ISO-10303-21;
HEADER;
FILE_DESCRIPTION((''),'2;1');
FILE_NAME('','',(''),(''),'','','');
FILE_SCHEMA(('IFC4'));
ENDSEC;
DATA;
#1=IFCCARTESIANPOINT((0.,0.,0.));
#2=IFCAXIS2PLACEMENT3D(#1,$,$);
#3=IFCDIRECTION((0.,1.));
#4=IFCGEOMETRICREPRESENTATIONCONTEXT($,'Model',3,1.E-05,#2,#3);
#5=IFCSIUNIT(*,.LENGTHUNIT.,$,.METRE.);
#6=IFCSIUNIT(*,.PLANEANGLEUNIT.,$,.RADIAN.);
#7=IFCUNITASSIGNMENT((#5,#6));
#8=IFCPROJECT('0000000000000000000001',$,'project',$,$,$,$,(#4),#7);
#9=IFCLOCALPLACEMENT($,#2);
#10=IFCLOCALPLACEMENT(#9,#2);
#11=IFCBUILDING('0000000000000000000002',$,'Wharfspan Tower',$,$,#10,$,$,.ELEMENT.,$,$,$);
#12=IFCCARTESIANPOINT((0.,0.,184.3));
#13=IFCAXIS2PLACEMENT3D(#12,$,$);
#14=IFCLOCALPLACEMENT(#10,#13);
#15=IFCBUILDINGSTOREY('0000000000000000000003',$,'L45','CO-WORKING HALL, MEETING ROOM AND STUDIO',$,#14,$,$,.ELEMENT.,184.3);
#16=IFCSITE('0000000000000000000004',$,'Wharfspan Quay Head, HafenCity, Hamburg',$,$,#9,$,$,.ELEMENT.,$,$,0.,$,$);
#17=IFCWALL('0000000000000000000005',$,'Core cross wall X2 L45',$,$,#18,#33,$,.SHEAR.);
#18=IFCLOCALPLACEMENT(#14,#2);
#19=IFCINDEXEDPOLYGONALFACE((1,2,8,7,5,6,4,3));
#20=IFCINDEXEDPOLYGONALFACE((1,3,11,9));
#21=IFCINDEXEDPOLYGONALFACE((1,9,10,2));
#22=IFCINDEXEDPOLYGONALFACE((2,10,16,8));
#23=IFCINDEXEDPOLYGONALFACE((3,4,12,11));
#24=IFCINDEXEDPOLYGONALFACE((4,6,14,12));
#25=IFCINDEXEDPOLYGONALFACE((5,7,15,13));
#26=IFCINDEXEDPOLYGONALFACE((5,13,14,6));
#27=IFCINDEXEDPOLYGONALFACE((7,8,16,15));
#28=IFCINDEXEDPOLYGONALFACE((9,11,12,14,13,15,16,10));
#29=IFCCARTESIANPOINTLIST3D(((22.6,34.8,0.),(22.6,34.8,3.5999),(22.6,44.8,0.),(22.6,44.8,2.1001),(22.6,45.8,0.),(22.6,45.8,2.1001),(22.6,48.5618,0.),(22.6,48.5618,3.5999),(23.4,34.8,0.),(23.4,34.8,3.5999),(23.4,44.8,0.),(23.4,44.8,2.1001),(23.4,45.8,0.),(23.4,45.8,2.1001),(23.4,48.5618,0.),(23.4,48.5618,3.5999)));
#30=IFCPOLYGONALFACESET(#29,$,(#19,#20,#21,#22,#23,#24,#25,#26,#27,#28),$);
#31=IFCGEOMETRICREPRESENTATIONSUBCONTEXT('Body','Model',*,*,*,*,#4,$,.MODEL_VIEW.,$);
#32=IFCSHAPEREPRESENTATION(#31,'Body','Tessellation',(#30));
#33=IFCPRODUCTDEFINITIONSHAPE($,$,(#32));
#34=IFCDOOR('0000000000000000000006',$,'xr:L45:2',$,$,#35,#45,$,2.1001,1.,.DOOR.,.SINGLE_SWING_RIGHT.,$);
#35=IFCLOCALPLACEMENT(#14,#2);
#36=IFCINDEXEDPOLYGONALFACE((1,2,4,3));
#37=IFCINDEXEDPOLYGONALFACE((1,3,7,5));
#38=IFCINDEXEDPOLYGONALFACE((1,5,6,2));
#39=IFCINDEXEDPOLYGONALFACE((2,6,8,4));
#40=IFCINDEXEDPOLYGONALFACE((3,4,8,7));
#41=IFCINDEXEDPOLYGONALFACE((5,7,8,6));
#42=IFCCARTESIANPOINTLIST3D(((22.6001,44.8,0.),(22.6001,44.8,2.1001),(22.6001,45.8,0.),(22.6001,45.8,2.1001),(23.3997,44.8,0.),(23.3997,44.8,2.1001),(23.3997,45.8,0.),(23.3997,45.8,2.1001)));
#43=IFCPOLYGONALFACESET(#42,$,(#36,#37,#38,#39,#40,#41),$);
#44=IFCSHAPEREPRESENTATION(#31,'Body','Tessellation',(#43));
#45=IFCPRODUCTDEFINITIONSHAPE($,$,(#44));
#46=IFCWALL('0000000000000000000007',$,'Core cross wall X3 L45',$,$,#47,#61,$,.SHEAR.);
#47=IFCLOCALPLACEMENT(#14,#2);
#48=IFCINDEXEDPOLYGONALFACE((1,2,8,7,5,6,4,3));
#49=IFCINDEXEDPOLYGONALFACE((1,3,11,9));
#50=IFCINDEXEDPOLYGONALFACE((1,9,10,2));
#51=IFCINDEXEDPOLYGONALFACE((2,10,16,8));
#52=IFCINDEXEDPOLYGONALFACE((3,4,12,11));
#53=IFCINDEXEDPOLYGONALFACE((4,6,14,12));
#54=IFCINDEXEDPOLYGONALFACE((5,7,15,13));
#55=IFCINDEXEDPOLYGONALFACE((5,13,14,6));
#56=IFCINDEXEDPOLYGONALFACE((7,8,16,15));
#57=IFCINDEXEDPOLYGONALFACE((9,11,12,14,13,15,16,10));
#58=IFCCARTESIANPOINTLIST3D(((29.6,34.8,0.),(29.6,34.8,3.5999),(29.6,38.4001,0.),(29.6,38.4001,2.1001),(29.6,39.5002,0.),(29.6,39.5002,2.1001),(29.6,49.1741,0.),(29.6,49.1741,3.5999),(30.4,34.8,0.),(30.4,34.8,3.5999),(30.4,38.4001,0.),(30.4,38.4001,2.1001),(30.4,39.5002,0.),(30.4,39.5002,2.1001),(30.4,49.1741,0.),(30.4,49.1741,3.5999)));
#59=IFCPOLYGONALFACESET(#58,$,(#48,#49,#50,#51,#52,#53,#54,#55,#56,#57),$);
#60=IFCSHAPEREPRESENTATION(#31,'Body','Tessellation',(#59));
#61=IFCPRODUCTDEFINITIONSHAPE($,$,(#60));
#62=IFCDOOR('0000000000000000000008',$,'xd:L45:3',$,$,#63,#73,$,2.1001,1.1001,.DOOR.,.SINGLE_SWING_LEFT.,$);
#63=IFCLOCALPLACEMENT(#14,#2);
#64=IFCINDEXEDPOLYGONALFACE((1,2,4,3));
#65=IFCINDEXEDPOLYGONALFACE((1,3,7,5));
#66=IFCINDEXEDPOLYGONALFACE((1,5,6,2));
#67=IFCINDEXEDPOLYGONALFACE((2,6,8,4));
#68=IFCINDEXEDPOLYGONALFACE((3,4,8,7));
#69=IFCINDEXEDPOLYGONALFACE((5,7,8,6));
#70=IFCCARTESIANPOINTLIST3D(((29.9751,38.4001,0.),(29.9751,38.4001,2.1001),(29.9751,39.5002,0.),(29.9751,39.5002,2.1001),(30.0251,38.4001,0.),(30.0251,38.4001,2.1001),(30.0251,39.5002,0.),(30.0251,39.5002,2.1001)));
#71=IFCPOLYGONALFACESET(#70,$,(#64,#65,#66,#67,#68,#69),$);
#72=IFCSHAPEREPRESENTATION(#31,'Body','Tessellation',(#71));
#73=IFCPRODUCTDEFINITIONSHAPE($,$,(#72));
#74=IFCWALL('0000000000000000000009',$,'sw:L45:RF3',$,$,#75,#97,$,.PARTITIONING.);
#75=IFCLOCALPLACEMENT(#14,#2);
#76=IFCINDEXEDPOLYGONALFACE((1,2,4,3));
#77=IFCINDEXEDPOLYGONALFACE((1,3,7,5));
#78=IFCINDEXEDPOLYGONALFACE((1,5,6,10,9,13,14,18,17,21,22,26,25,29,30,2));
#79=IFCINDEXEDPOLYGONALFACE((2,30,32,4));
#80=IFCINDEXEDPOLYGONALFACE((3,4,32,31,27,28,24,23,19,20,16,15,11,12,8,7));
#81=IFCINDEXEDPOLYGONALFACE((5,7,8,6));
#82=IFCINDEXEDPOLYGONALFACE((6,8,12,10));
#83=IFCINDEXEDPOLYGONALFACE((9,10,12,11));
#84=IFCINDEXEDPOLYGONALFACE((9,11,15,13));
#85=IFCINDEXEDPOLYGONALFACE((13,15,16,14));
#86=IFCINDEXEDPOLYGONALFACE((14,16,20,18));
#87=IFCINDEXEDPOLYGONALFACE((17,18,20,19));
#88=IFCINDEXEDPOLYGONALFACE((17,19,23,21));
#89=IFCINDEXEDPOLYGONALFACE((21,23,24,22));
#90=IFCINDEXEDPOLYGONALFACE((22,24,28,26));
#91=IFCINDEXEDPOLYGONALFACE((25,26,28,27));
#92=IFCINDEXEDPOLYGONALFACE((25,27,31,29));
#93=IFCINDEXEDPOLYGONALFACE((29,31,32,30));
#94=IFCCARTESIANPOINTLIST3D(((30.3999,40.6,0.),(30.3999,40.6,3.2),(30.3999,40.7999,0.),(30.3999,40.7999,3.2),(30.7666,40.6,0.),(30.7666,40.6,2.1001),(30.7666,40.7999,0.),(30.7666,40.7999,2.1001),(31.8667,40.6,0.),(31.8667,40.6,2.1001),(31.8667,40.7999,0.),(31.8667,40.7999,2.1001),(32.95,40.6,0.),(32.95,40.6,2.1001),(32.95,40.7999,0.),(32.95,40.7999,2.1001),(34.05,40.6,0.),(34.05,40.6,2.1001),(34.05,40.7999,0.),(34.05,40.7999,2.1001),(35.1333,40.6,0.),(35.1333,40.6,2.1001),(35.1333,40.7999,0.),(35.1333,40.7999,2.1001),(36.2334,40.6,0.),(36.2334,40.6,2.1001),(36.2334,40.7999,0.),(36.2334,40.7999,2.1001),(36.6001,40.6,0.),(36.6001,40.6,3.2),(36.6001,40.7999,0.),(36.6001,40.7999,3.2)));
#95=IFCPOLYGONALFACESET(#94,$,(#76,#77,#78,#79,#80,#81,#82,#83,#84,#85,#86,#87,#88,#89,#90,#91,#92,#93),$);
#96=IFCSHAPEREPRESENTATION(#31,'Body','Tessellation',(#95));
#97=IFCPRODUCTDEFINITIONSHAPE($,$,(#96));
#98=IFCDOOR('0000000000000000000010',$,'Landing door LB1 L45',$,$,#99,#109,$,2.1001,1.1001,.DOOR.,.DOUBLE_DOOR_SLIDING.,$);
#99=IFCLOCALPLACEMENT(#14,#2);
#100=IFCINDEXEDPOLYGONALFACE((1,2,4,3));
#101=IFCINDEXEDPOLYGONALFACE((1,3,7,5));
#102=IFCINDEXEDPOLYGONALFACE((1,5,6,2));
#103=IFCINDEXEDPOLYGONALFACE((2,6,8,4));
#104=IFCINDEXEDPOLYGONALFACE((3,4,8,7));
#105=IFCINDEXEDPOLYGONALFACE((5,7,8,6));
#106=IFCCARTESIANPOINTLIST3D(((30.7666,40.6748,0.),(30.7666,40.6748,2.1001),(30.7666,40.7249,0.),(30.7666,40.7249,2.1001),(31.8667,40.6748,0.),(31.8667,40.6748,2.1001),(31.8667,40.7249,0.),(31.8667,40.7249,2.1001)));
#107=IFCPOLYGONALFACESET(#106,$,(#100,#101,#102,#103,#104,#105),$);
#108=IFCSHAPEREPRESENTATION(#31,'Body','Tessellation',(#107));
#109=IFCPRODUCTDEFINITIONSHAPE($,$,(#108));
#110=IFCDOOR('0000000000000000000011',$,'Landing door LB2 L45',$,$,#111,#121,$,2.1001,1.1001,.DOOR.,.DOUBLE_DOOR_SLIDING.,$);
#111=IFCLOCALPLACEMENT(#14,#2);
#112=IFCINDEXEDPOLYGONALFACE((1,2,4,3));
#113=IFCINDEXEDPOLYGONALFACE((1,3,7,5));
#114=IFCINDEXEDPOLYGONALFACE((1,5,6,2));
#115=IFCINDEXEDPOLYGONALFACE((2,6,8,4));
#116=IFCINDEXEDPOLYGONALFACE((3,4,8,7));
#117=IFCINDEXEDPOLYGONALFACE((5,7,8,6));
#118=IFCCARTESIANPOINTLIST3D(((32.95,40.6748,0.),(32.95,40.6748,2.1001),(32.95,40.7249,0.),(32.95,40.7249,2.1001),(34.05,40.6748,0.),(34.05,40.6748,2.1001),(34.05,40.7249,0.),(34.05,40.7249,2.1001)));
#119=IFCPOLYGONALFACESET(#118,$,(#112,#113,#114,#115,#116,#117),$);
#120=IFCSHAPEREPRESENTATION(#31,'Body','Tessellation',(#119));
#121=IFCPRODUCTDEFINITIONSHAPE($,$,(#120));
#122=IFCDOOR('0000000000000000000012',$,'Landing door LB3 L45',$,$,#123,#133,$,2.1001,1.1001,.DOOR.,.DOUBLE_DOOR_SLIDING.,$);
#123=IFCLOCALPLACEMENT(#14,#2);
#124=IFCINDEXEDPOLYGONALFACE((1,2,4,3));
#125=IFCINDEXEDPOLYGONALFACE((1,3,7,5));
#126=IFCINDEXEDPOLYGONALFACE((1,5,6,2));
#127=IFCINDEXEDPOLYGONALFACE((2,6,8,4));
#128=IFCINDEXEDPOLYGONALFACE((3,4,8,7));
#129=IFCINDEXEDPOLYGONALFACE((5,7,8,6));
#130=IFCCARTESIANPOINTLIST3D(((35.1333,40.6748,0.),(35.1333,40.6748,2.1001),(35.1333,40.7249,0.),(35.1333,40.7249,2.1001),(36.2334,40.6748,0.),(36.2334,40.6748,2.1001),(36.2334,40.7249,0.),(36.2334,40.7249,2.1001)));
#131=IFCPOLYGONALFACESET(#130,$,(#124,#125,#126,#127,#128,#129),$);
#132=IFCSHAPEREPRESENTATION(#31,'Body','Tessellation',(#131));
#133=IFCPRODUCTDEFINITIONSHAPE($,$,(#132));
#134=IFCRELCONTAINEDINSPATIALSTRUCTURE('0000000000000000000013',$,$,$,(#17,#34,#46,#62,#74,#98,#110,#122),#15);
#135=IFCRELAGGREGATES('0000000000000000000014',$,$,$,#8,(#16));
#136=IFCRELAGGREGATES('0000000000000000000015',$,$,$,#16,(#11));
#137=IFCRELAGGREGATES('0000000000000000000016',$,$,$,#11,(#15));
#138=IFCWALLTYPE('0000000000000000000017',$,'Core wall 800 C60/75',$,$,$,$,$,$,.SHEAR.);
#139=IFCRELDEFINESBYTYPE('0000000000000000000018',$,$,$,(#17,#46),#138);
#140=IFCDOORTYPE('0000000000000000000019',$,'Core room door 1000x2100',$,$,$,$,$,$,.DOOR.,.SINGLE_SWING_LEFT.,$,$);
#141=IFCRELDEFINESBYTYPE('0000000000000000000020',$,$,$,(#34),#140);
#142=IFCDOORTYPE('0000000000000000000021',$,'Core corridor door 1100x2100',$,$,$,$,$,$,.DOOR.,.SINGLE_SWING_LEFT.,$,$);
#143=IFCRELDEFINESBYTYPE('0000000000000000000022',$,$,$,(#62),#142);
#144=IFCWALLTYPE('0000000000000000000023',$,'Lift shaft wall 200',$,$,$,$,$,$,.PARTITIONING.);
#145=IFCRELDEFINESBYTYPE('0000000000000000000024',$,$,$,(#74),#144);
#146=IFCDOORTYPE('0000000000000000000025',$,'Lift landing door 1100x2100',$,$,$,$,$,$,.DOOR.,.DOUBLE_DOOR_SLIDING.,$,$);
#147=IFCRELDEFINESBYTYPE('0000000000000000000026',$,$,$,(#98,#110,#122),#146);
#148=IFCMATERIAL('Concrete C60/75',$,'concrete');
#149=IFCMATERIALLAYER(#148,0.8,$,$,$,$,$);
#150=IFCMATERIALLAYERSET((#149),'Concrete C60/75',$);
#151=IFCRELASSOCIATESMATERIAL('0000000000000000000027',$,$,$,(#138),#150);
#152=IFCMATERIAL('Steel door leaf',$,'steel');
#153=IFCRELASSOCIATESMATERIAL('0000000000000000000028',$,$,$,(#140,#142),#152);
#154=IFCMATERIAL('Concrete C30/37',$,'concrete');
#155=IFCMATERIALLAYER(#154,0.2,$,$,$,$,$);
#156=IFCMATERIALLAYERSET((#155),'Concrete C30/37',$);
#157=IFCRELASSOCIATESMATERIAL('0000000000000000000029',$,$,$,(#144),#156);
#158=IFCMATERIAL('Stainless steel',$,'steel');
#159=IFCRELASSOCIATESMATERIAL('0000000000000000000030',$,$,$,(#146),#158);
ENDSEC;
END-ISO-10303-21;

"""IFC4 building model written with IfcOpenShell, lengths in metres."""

from ifc_helpers import new_model, si_unit, direction, frame, frame_2d, origin, place, context, subcontext, project, spatial, rectangle, extrude, material, layer, layer_set, type_object, element, fill, save


model = new_model("IFC4")

# Units and contexts
model_context = context("Model", 3, precision=1e-05, world=origin(), true_north=direction((0.0, 1.0)))
body_context = subcontext(model_context, "Body", "Model", "MODEL_VIEW")
ifc_project = project(units=[si_unit("LENGTHUNIT", "METRE"), si_unit("PLANEANGLEUNIT", "RADIAN")], contexts=[model_context])

# Site, building, storey
site_placement = place(None, origin())
site = spatial("IfcSite", under=ifc_project, at=site_placement, Name="Wharfspan Quay Head, HafenCity, Hamburg", CompositionType="ELEMENT", RefElevation=0.0)
building_placement = place(site_placement, origin())
building = spatial("IfcBuilding", under=site, at=building_placement, Name="Wharfspan Tower", CompositionType="ELEMENT")
storey_placement = place(building_placement, frame((0.0, 0.0, 184.3)))
storey = spatial("IfcBuildingStorey", under=building, at=storey_placement, Name="L45", Description="CO-WORKING HALL, MEETING ROOM AND STUDIO", CompositionType="ELEMENT", Elevation=184.3)

# Shared definitions
ifc_material_1 = material(Name="Concrete C60/75", Category="concrete")
ifc_layer_1 = layer(ifc_material_1, 0.8)
ifc_layer_set_1 = layer_set([ifc_layer_1], Name="Concrete C60/75")
wall_type_1 = type_object("IfcWallType", Name="Core wall 800 C60/75", PredefinedType="SHEAR", material=ifc_layer_set_1)

# Walls, openings, doors
wall_1_placement = place(storey_placement, frame((23.0, 34.8, 0.0), z_axis=(0.0, 0.0, 1.0), x_axis=(0.0, 1.0, 0.0)))
wall_1 = element("IfcWall", 1, at=wall_1_placement, inside=storey, type_object=wall_type_1, Name="Core cross wall X2 L45", PredefinedType="SHEAR", context=body_context, shape_type="SweptSolid", body=[
    extrude(rectangle(XDim=13.7617, YDim=0.8, at=frame_2d((6.8809, 0.0))), origin(), (0.0, 0.0, 1.0), 3.5999),
])
opening_1_placement = place(wall_1_placement, frame((10.0, 0.0, 0.0)))
opening_1 = element("IfcOpeningElement", 2, at=opening_1_placement, cuts=wall_1, PredefinedType="OPENING", context=body_context, shape_type="SweptSolid", body=[
    extrude(rectangle(XDim=1.0, YDim=2.1001, at=frame_2d((0.5, 1.05))), frame((0.0, 0.4099, 0.0), z_axis=(0.0, -1.0, 0.0), x_axis=(1.0, 0.0, 0.0)), (0.0, 0.0, 1.0), 0.8201),
])
ifc_material_2 = material(Name="Steel door leaf", Category="steel")
door_type_1 = type_object("IfcDoorType", Name="Core room door 1000x2100", OperationType="SINGLE_SWING_LEFT", PredefinedType="DOOR", material=ifc_material_2)
door_1_placement = place(opening_1_placement, origin())
door_1 = element("IfcDoor", 3, at=door_1_placement, inside=storey, type_object=door_type_1, Name="xr:L45:2", OperationType="SINGLE_SWING_RIGHT", OverallHeight=2.1001, OverallWidth=1.0, PredefinedType="DOOR", context=body_context, shape_type="SweptSolid", body=[
    extrude(rectangle(XDim=1.0, YDim=2.1001, at=frame_2d((0.5, 1.05))), frame((0.0, 0.3999, 0.0), z_axis=(0.0, -1.0, 0.0), x_axis=(1.0, 0.0, 0.0)), (0.0, 0.0, 1.0), 0.7996),
])
fill(opening_1, door_1)
wall_2_placement = place(storey_placement, frame((30.0, 34.8, 0.0), z_axis=(0.0, 0.0, 1.0), x_axis=(0.0, 1.0, 0.0)))
wall_2 = element("IfcWall", 4, at=wall_2_placement, inside=storey, type_object=wall_type_1, Name="Core cross wall X3 L45", PredefinedType="SHEAR", context=body_context, shape_type="SweptSolid", body=[
    extrude(rectangle(XDim=14.374, YDim=0.8, at=frame_2d((7.187, 0.0))), origin(), (0.0, 0.0, 1.0), 3.5999),
])
opening_2_placement = place(wall_2_placement, frame((3.6001, 0.0, 0.0)))
opening_2 = element("IfcOpeningElement", 5, at=opening_2_placement, cuts=wall_2, PredefinedType="OPENING", context=body_context, shape_type="SweptSolid", body=[
    extrude(rectangle(XDim=1.1001, YDim=2.1001, at=frame_2d((0.55, 1.05))), frame((0.0, 0.4099, 0.0), z_axis=(0.0, -1.0, 0.0), x_axis=(1.0, 0.0, 0.0)), (0.0, 0.0, 1.0), 0.8201),
])
door_type_2 = type_object("IfcDoorType", Name="Core corridor door 1100x2100", OperationType="SINGLE_SWING_LEFT", PredefinedType="DOOR", material=ifc_material_2)
door_2_placement = place(opening_2_placement, origin())
door_2 = element("IfcDoor", 6, at=door_2_placement, inside=storey, type_object=door_type_2, Name="xd:L45:3", OperationType="SINGLE_SWING_LEFT", OverallHeight=2.1001, OverallWidth=1.1001, PredefinedType="DOOR", context=body_context, shape_type="SweptSolid", body=[
    extrude(rectangle(XDim=1.1001, YDim=2.1001, at=frame_2d((0.55, 1.05))), frame((0.0, 0.0249, 0.0), z_axis=(0.0, -1.0, 0.0), x_axis=(1.0, 0.0, 0.0)), (0.0, 0.0, 1.0), 0.05),
])
fill(opening_2, door_2)

# Wall, openings, doors
ifc_material_3 = material(Name="Concrete C30/37", Category="concrete")
ifc_layer_2 = layer(ifc_material_3, 0.2)
ifc_layer_set_2 = layer_set([ifc_layer_2], Name="Concrete C30/37")
wall_type_2 = type_object("IfcWallType", Name="Lift shaft wall 200", PredefinedType="PARTITIONING", material=ifc_layer_set_2)
wall_3_placement = place(storey_placement, frame((30.3999, 40.7, 0.0), z_axis=(0.0, 0.0, 1.0), x_axis=(1.0, 0.0, 0.0)))
wall_3 = element("IfcWall", 7, at=wall_3_placement, inside=storey, type_object=wall_type_2, Name="sw:L45:RF3", PredefinedType="PARTITIONING", context=body_context, shape_type="SweptSolid", body=[
    extrude(rectangle(XDim=6.2002, YDim=0.2, at=frame_2d((3.1001, 0.0))), origin(), (0.0, 0.0, 1.0), 3.2),
])
opening_3_placement = place(wall_3_placement, frame((0.3667, 0.0, 0.0)))
opening_3 = element("IfcOpeningElement", 8, at=opening_3_placement, cuts=wall_3, PredefinedType="OPENING", context=body_context, shape_type="SweptSolid", body=[
    extrude(rectangle(XDim=1.1001, YDim=2.1001, at=frame_2d((0.55, 1.05))), frame((0.0, 0.1099, 0.0), z_axis=(0.0, -1.0, 0.0), x_axis=(1.0, 0.0, 0.0)), (0.0, 0.0, 1.0), 0.22),
])
opening_4_placement = place(wall_3_placement, frame((2.55, 0.0, 0.0)))
opening_4 = element("IfcOpeningElement", 9, at=opening_4_placement, cuts=wall_3, PredefinedType="OPENING", context=body_context, shape_type="SweptSolid", body=[
    extrude(rectangle(XDim=1.1001, YDim=2.1001, at=frame_2d((0.55, 1.05))), frame((0.0, 0.1099, 0.0), z_axis=(0.0, -1.0, 0.0), x_axis=(1.0, 0.0, 0.0)), (0.0, 0.0, 1.0), 0.22),
])
opening_5_placement = place(wall_3_placement, frame((4.7334, 0.0, 0.0)))
opening_5 = element("IfcOpeningElement", 10, at=opening_5_placement, cuts=wall_3, PredefinedType="OPENING", context=body_context, shape_type="SweptSolid", body=[
    extrude(rectangle(XDim=1.1001, YDim=2.1001, at=frame_2d((0.55, 1.05))), frame((0.0, 0.1099, 0.0), z_axis=(0.0, -1.0, 0.0), x_axis=(1.0, 0.0, 0.0)), (0.0, 0.0, 1.0), 0.22),
])
ifc_material_4 = material(Name="Stainless steel", Category="steel")
door_type_3 = type_object("IfcDoorType", Name="Lift landing door 1100x2100", OperationType="DOUBLE_DOOR_SLIDING", PredefinedType="DOOR", material=ifc_material_4)
door_3_placement = place(opening_3_placement, origin())
door_3 = element("IfcDoor", 11, at=door_3_placement, inside=storey, type_object=door_type_3, Name="Landing door LB1 L45", OperationType="DOUBLE_DOOR_SLIDING", OverallHeight=2.1001, OverallWidth=1.1001, PredefinedType="DOOR", context=body_context, shape_type="SweptSolid", body=[
    extrude(rectangle(XDim=1.1001, YDim=2.1001, at=frame_2d((0.55, 1.05))), frame((0.0, 0.0249, 0.0), z_axis=(0.0, -1.0, 0.0), x_axis=(1.0, 0.0, 0.0)), (0.0, 0.0, 1.0), 0.05),
])
fill(opening_3, door_3)
door_4_placement = place(opening_4_placement, origin())
door_4 = element("IfcDoor", 12, at=door_4_placement, inside=storey, type_object=door_type_3, Name="Landing door LB2 L45", OperationType="DOUBLE_DOOR_SLIDING", OverallHeight=2.1001, OverallWidth=1.1001, PredefinedType="DOOR", context=body_context, shape_type="SweptSolid", body=[
    extrude(rectangle(XDim=1.1001, YDim=2.1001, at=frame_2d((0.55, 1.05))), frame((0.0, 0.0249, 0.0), z_axis=(0.0, -1.0, 0.0), x_axis=(1.0, 0.0, 0.0)), (0.0, 0.0, 1.0), 0.05),
])
fill(opening_4, door_4)
door_5_placement = place(opening_5_placement, origin())
door_5 = element("IfcDoor", 13, at=door_5_placement, inside=storey, type_object=door_type_3, Name="Landing door LB3 L45", OperationType="DOUBLE_DOOR_SLIDING", OverallHeight=2.1001, OverallWidth=1.1001, PredefinedType="DOOR", context=body_context, shape_type="SweptSolid", body=[
    extrude(rectangle(XDim=1.1001, YDim=2.1001, at=frame_2d((0.55, 1.05))), frame((0.0, 0.0249, 0.0), z_axis=(0.0, -1.0, 0.0), x_axis=(1.0, 0.0, 0.0)), (0.0, 0.0, 1.0), 0.05),
])
fill(opening_5, door_5)

save(model, "model.ifc")
